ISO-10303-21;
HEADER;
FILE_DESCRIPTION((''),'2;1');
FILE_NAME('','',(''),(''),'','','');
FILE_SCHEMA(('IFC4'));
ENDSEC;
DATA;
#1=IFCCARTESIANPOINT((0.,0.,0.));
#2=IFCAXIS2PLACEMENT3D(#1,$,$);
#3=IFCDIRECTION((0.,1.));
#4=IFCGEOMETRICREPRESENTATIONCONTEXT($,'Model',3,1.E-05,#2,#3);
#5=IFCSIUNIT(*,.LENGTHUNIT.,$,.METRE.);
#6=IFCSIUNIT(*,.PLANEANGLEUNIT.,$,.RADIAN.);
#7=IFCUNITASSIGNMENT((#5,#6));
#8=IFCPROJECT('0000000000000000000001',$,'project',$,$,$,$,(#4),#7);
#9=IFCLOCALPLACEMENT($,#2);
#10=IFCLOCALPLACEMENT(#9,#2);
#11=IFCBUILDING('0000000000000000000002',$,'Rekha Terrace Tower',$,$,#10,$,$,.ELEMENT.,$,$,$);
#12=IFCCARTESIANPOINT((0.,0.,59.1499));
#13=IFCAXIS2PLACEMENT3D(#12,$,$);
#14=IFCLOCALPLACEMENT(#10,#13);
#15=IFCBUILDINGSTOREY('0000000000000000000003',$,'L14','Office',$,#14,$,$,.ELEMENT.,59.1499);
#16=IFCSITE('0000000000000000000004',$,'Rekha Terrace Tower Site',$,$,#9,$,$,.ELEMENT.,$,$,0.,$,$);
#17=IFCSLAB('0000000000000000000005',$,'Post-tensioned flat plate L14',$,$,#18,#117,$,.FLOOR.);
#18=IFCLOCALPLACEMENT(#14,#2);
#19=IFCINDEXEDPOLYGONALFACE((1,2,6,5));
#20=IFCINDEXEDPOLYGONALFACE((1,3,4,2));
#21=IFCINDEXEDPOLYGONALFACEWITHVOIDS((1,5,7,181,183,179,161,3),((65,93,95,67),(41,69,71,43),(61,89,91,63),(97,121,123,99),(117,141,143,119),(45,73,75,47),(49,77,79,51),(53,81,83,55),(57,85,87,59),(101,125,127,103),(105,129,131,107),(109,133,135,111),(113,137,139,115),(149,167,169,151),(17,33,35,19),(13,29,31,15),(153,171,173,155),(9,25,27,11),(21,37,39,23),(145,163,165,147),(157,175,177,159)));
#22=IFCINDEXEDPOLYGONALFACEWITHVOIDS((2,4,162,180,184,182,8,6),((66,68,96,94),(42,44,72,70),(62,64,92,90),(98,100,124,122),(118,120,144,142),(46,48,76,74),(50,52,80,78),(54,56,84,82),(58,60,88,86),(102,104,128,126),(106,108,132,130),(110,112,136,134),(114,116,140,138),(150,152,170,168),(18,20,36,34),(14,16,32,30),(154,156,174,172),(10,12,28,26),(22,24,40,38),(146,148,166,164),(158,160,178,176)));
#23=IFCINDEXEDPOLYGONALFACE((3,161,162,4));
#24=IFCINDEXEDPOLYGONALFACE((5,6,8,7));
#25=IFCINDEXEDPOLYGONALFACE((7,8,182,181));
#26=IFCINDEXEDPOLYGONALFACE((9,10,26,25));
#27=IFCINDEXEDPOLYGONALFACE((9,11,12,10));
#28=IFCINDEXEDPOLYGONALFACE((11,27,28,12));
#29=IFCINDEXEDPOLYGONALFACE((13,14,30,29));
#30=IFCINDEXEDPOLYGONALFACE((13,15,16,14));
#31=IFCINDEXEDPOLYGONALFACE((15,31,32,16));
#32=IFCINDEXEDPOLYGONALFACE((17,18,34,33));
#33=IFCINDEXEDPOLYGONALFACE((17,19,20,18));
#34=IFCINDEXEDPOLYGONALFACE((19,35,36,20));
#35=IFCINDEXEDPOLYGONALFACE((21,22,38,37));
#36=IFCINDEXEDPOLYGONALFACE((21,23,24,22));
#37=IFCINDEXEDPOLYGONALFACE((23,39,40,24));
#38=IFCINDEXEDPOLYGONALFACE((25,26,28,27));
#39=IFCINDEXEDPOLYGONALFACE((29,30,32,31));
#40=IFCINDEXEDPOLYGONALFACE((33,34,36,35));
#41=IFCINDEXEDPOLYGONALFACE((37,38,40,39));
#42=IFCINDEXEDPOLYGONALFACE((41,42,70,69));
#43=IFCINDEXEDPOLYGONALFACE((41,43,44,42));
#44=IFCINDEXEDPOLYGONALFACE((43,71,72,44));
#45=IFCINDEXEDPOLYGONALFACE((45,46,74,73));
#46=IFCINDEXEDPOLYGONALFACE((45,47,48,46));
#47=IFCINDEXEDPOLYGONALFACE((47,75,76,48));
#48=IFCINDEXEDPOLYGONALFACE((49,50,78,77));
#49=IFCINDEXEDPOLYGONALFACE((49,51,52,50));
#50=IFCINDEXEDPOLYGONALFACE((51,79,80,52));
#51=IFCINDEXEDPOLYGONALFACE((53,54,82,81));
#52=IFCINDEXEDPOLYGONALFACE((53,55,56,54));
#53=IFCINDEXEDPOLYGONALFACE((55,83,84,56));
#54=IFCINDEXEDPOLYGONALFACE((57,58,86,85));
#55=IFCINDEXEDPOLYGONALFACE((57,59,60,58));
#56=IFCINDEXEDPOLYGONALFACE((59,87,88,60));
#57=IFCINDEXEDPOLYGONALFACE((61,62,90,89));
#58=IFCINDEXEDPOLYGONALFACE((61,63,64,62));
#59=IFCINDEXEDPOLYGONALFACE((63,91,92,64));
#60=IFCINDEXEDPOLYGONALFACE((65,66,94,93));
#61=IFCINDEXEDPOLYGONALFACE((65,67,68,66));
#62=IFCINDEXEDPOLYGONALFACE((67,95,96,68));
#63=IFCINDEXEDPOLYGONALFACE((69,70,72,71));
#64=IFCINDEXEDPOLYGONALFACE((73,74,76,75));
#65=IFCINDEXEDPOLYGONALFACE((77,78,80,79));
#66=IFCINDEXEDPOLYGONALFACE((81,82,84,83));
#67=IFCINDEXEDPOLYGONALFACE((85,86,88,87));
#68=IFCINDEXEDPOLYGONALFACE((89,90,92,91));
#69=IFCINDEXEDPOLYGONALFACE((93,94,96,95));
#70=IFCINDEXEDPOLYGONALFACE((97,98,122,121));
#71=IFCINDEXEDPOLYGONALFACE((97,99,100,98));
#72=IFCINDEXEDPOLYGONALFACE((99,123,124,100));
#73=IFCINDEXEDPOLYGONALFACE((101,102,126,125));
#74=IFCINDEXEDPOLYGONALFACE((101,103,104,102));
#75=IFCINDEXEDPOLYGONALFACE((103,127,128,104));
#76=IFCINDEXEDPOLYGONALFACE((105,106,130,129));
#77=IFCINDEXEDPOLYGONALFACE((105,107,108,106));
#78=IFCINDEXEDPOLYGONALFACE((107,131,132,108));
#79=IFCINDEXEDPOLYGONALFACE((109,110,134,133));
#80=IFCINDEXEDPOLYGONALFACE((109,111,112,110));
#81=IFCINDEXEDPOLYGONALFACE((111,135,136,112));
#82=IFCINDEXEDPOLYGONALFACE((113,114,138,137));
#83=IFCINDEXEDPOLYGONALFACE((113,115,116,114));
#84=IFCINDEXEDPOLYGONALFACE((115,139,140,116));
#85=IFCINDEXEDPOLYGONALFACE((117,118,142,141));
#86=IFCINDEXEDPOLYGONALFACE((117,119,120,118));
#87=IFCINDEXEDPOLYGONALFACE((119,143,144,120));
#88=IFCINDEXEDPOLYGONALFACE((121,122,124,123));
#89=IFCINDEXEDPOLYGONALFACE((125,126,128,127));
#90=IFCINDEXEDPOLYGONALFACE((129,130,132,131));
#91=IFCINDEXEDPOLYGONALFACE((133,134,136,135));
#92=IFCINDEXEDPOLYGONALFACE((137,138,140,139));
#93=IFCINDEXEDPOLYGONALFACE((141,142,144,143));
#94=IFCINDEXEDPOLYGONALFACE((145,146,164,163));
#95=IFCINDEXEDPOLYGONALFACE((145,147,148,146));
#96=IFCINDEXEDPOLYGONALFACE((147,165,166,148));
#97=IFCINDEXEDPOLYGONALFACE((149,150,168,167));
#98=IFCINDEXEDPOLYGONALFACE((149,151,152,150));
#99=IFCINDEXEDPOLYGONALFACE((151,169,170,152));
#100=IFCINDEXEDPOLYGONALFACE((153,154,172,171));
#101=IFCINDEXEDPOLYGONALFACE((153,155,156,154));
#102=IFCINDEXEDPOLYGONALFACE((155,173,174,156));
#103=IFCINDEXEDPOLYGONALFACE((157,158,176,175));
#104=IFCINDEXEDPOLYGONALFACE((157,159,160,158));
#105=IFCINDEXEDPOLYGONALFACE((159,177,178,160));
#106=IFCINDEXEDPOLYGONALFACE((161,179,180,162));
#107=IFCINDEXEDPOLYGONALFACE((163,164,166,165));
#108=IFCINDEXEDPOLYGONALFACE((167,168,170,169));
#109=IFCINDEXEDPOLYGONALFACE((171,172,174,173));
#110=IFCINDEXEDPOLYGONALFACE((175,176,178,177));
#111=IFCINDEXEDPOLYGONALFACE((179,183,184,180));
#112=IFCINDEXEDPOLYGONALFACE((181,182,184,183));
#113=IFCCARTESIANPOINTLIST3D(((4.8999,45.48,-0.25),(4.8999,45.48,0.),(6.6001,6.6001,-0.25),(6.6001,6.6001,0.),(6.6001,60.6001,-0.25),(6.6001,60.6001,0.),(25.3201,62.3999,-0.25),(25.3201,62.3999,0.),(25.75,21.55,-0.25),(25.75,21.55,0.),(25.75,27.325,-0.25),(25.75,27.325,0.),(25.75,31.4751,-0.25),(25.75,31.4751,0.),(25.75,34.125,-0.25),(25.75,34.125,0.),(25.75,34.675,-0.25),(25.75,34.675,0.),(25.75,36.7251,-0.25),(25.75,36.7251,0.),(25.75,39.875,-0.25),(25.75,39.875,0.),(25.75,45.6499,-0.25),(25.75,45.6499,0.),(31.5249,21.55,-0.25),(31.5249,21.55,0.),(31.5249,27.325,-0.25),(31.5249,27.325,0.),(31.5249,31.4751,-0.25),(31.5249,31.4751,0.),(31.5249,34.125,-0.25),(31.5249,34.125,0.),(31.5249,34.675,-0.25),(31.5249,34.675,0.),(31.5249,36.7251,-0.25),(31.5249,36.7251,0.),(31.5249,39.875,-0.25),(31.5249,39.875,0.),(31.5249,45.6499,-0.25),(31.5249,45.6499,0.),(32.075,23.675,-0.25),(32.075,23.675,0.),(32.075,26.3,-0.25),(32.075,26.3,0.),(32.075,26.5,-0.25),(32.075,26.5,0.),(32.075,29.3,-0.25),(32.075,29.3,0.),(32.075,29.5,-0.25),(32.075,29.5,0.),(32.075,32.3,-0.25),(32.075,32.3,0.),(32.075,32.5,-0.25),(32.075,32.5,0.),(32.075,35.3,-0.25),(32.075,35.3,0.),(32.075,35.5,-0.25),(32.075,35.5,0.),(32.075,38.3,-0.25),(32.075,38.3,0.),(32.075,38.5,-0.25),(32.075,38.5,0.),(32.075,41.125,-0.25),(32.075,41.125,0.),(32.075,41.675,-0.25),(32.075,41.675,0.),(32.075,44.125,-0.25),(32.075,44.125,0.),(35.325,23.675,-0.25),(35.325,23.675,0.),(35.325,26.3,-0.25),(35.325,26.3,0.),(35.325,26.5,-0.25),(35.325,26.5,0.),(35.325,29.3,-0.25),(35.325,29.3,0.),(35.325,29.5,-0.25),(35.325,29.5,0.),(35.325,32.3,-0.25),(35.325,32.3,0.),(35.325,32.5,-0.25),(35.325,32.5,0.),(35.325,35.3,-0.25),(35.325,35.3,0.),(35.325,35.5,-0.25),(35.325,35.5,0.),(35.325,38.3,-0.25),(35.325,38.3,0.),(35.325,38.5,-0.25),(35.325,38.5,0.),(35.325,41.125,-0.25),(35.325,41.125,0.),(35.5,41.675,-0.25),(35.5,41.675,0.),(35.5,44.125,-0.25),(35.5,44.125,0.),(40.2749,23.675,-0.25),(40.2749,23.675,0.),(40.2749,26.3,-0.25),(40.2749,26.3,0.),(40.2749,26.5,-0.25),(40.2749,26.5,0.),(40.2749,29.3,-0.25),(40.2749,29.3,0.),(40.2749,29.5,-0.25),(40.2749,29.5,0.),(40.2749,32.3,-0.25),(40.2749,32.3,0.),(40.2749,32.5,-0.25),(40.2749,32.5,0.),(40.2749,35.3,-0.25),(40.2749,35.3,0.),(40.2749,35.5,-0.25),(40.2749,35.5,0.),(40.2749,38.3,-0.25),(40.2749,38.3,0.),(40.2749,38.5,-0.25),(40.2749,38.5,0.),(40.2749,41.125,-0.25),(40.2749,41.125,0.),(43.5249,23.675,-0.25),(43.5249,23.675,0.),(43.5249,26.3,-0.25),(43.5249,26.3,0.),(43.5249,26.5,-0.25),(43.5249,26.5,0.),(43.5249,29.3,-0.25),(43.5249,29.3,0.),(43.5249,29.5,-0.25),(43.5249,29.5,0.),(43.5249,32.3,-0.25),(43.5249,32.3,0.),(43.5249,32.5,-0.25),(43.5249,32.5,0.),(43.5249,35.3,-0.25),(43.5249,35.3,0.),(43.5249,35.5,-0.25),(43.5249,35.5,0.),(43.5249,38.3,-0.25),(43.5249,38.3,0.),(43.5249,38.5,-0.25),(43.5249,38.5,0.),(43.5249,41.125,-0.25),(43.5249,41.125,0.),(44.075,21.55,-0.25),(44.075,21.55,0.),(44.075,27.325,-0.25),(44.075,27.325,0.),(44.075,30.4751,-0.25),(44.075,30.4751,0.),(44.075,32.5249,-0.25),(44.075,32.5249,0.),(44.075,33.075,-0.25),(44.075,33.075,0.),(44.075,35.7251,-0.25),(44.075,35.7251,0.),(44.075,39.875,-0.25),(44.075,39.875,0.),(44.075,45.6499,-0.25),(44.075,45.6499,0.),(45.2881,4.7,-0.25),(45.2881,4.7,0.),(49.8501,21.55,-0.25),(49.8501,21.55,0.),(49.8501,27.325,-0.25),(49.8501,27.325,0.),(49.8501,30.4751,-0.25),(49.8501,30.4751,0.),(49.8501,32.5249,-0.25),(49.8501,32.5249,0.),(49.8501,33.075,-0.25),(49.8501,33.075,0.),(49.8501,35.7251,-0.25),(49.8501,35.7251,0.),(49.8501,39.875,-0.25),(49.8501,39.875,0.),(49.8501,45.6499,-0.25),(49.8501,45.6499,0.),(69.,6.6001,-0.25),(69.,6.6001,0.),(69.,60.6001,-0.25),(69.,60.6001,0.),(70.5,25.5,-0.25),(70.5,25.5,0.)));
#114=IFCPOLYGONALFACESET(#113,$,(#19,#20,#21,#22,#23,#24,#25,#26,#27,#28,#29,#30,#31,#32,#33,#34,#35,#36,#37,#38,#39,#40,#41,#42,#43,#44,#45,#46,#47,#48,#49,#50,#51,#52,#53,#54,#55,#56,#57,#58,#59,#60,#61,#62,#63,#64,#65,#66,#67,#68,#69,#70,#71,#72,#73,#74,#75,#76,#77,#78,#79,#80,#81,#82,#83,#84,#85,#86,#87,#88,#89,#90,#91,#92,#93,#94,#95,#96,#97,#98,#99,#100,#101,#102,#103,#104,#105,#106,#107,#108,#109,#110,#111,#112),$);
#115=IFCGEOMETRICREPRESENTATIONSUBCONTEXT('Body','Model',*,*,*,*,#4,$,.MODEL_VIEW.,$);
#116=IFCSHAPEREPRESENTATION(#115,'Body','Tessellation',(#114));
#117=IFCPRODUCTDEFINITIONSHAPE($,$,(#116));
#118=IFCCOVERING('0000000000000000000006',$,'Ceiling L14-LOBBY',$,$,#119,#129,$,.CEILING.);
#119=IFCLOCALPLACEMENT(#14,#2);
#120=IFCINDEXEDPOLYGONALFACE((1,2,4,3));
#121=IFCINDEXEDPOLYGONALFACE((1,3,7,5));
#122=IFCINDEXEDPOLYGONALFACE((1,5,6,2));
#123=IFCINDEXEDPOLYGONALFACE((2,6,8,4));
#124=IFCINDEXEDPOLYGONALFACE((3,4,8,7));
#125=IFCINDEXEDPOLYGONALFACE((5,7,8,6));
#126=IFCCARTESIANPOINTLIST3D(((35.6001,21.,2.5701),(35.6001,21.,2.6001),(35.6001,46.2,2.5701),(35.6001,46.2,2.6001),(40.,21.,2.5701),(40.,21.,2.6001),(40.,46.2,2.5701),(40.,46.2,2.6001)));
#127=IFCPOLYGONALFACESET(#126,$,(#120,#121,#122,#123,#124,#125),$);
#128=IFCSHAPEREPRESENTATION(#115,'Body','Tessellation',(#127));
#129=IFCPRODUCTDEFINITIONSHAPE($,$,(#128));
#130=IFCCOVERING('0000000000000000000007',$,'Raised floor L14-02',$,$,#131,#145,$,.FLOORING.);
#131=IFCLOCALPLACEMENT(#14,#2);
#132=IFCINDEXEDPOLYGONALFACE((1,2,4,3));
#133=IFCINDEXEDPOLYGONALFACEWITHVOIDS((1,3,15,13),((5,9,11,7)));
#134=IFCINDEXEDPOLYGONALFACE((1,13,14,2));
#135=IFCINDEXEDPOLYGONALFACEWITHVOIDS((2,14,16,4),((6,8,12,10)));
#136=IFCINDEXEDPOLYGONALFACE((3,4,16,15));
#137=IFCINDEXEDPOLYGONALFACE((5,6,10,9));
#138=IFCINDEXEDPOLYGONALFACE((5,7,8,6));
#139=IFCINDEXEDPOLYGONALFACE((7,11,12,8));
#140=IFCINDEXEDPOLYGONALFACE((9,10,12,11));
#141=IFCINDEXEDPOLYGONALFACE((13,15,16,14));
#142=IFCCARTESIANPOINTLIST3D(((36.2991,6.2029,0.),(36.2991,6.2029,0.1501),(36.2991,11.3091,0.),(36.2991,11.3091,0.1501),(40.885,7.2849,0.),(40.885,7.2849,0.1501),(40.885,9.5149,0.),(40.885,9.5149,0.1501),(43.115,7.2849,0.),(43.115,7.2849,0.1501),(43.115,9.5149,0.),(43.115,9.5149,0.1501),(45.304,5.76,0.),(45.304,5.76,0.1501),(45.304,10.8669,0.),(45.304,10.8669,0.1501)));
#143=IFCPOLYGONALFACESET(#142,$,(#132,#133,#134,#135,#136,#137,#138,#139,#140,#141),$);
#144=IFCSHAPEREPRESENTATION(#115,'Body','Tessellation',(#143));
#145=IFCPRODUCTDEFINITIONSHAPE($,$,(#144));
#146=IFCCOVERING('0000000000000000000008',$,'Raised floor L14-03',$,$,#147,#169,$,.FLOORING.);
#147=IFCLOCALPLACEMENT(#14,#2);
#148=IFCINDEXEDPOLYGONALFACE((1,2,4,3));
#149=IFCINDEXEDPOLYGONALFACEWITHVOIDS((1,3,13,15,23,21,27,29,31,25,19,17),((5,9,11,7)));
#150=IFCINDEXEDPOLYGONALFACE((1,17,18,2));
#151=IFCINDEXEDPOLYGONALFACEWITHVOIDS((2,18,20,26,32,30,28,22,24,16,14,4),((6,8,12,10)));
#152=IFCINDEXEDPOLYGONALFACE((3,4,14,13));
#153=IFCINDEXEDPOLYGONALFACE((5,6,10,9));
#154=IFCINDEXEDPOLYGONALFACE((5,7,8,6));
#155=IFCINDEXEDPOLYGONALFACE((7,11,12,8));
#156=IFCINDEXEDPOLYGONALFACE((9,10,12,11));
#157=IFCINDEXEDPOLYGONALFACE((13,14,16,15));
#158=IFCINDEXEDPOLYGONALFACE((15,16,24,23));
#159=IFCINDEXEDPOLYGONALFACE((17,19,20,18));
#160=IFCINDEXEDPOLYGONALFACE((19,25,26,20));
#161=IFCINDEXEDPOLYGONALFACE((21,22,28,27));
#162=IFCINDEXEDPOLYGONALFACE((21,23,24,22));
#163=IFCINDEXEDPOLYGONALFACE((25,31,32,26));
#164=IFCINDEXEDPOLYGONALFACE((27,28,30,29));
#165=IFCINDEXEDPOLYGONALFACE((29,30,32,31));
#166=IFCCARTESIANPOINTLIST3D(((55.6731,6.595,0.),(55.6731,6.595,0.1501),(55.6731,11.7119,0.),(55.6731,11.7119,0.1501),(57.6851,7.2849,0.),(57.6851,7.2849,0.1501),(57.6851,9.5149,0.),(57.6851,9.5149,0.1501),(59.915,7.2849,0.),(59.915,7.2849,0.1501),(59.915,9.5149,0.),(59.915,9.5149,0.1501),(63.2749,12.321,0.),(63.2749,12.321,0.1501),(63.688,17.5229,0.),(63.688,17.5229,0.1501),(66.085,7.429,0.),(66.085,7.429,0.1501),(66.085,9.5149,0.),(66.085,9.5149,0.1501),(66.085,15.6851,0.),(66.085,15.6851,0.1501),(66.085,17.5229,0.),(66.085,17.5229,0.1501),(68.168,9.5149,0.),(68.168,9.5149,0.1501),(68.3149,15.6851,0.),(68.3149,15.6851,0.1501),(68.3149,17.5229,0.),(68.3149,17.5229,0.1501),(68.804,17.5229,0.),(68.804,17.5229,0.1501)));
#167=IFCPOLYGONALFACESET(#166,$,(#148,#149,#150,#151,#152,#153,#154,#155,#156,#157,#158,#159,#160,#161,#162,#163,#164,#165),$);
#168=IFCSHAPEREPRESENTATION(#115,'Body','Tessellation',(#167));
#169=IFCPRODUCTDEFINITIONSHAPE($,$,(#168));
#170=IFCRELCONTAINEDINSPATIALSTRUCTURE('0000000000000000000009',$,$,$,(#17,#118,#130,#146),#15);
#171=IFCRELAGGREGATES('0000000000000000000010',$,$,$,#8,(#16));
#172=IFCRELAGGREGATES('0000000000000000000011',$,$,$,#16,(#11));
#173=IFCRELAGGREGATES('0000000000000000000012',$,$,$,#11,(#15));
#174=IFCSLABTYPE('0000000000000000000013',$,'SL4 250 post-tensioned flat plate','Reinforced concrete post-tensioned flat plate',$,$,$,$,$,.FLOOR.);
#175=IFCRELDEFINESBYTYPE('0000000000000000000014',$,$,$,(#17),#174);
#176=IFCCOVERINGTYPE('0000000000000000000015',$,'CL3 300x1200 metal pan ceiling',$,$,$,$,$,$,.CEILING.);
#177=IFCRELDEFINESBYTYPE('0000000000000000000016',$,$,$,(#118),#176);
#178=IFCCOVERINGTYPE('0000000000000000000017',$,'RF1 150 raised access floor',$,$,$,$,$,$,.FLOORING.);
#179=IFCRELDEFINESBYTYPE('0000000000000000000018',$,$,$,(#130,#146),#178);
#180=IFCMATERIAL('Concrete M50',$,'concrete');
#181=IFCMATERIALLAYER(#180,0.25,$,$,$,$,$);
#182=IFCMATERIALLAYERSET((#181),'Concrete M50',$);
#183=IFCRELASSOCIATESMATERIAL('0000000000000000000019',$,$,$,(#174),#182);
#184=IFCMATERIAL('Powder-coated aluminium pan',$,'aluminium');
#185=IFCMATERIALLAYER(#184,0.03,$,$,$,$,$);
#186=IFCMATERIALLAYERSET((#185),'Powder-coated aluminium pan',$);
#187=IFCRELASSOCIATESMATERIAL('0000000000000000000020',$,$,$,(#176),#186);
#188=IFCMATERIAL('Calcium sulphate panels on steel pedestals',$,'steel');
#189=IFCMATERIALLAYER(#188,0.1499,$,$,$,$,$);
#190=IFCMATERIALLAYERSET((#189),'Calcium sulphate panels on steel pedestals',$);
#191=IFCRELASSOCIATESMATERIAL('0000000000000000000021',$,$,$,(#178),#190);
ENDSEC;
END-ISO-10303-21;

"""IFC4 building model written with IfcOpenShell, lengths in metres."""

from ifc_helpers import new_model, si_unit, direction, frame, origin, place, context, subcontext, project, spatial, polyline, outline, extrude, material, layer, layer_set, type_object, element, save


model = new_model("IFC4")

# Units and contexts
model_context = context("Model", 3, precision=1e-05, world=origin(), true_north=direction((0.0, 1.0)))
body_context = subcontext(model_context, "Body", "Model", "MODEL_VIEW")
ifc_project = project(units=[si_unit("LENGTHUNIT", "METRE"), si_unit("PLANEANGLEUNIT", "RADIAN")], contexts=[model_context])

# Site, building, storey
site_placement = place(None, origin())
site = spatial("IfcSite", under=ifc_project, at=site_placement, Name="Rekha Terrace Tower Site", CompositionType="ELEMENT", RefElevation=0.0)
building_placement = place(site_placement, origin())
building = spatial("IfcBuilding", under=site, at=building_placement, Name="Rekha Terrace Tower", CompositionType="ELEMENT")
storey_placement = place(building_placement, frame((0.0, 0.0, 59.1499)))
storey = spatial("IfcBuildingStorey", under=building, at=storey_placement, Name="L14", Description="Office", CompositionType="ELEMENT", Elevation=59.1499)

# Slab
ifc_material_1 = material(Name="Concrete M50", Category="concrete")
ifc_layer_1 = layer(ifc_material_1, 0.25)
ifc_layer_set_1 = layer_set([ifc_layer_1], Name="Concrete M50")
slab_type_1 = type_object("IfcSlabType", Name="SL4 250 post-tensioned flat plate", Description="Reinforced concrete post-tensioned flat plate", PredefinedType="FLOOR", material=ifc_layer_set_1)
slab_1_placement = place(storey_placement, frame((0.0, 0.0, -0.25)))
element("IfcSlab", 1, at=slab_1_placement, inside=storey, type_object=slab_type_1, Name="Post-tensioned flat plate L14", PredefinedType="FLOOR", context=body_context, shape_type="SweptSolid", body=[
    extrude(outline(polyline([(4.8999, 45.48), (6.6001, 6.6001), (45.2881, 4.7), (69.0, 6.6001), (70.5, 25.5), (69.0, 60.6001), (25.3201, 62.3999), (6.6001, 60.6001), (4.8999, 45.48)]), holes=[polyline([(31.5249, 27.325), (31.5249, 21.55), (25.75, 21.55), (25.75, 27.325), (31.5249, 27.325)]), polyline([(35.325, 26.3), (35.325, 23.675), (32.075, 23.675), (32.075, 26.3), (35.325, 26.3)]), polyline([(35.325, 29.3), (35.325, 26.5), (32.075, 26.5), (32.075, 29.3), (35.325, 29.3)]), polyline([(35.325, 29.5), (32.075, 29.5), (32.075, 32.3), (35.325, 32.3), (35.325, 29.5)]), polyline([(31.5249, 31.4751), (25.75, 31.4751), (25.75, 34.125), (31.5249, 34.125), (31.5249, 31.4751)]), polyline([(35.325, 35.3), (35.325, 32.5), (32.075, 32.5), (32.075, 35.3), (35.325, 35.3)]), polyline([(31.5249, 36.7251), (31.5249, 34.675), (25.75, 34.675), (25.75, 36.7251), (31.5249, 36.7251)]), polyline([(35.325, 38.3), (35.325, 35.5), (32.075, 35.5), (32.075, 38.3), (35.325, 38.3)]), polyline([(35.325, 38.5), (32.075, 38.5), (32.075, 41.125), (35.325, 41.125), (35.325, 38.5)]), polyline([(31.5249, 39.875), (25.75, 39.875), (25.75, 45.6499), (31.5249, 45.6499), (31.5249, 39.875)]), polyline([(35.5, 44.125), (35.5, 41.675), (32.075, 41.675), (32.075, 44.125), (35.5, 44.125)]), polyline([(49.8501, 27.325), (49.8501, 21.55), (44.075, 21.55), (44.075, 27.325), (49.8501, 27.325)]), polyline([(43.5249, 26.3), (43.5249, 23.675), (40.2749, 23.675), (40.2749, 26.3), (43.5249, 26.3)]), polyline([(43.5249, 26.5), (40.2749, 26.5), (40.2749, 29.3), (43.5249, 29.3), (43.5249, 26.5)]), polyline([(43.5249, 29.5), (40.2749, 29.5), (40.2749, 32.3), (43.5249, 32.3), (43.5249, 29.5)]), polyline([(49.8501, 32.5249), (49.8501, 30.4751), (44.075, 30.4751), (44.075, 32.5249), (49.8501, 32.5249)]), polyline([(43.5249, 32.5), (40.2749, 32.5), (40.2749, 35.3), (43.5249, 35.3), (43.5249, 32.5)]), polyline([(49.8501, 33.075), (44.075, 33.075), (44.075, 35.7251), (49.8501, 35.7251), (49.8501, 33.075)]), polyline([(43.5249, 38.3), (43.5249, 35.5), (40.2749, 35.5), (40.2749, 38.3), (43.5249, 38.3)]), polyline([(43.5249, 38.5), (40.2749, 38.5), (40.2749, 41.125), (43.5249, 41.125), (43.5249, 38.5)]), polyline([(49.8501, 39.875), (44.075, 39.875), (44.075, 45.6499), (49.8501, 45.6499), (49.8501, 39.875)])]), origin(), (0.0, 0.0, 1.0), 0.25),
])

# Coverings
ifc_material_2 = material(Name="Powder-coated aluminium pan", Category="aluminium")
ifc_layer_2 = layer(ifc_material_2, 0.03)
ifc_layer_set_2 = layer_set([ifc_layer_2], Name="Powder-coated aluminium pan")
covering_type_1 = type_object("IfcCoveringType", Name="CL3 300x1200 metal pan ceiling", PredefinedType="CEILING", material=ifc_layer_set_2)
covering_1_placement = place(storey_placement, frame((0.0, 0.0, 2.5701)))
element("IfcCovering", 2, at=covering_1_placement, inside=storey, type_object=covering_type_1, Name="Ceiling L14-LOBBY", PredefinedType="CEILING", context=body_context, shape_type="SweptSolid", body=[
    extrude(outline(polyline([(40.0, 46.2), (35.6001, 46.2), (35.6001, 21.0), (40.0, 21.0), (40.0, 46.2)])), origin(), (0.0, 0.0, 1.0), 0.03),
])
ifc_material_3 = material(Name="Calcium sulphate panels on steel pedestals", Category="steel")
ifc_layer_3 = layer(ifc_material_3, 0.1499)
ifc_layer_set_3 = layer_set([ifc_layer_3], Name="Calcium sulphate panels on steel pedestals")
covering_type_2 = type_object("IfcCoveringType", Name="RF1 150 raised access floor", PredefinedType="FLOORING", material=ifc_layer_set_3)
covering_2_placement = place(storey_placement, origin())
element("IfcCovering", 3, at=covering_2_placement, inside=storey, type_object=covering_type_2, Name="Raised floor L14-02", PredefinedType="FLOORING", context=body_context, shape_type="SweptSolid", body=[
    extrude(outline(polyline([(36.2991, 6.2029), (45.304, 5.76), (45.304, 10.8669), (36.2991, 11.3091), (36.2991, 6.2029)]), holes=[polyline([(43.115, 7.2849), (40.885, 7.2849), (40.885, 9.5149), (43.115, 9.5149), (43.115, 7.2849)])]), origin(), (0.0, 0.0, 1.0), 0.1501),
])
covering_3_placement = place(storey_placement, origin())
element("IfcCovering", 4, at=covering_3_placement, inside=storey, type_object=covering_type_2, Name="Raised floor L14-03", PredefinedType="FLOORING", context=body_context, shape_type="SweptSolid", body=[
    extrude(outline(polyline([(66.085, 15.6851), (66.085, 17.5229), (63.688, 17.5229), (63.2749, 12.321), (55.6731, 11.7119), (55.6731, 6.595), (66.085, 7.429), (66.085, 9.5149), (68.168, 9.5149), (68.804, 17.5229), (68.3149, 17.5229), (68.3149, 15.6851), (66.085, 15.6851)]), holes=[polyline([(59.915, 7.2849), (57.6851, 7.2849), (57.6851, 9.5149), (59.915, 9.5149), (59.915, 7.2849)])]), origin(), (0.0, 0.0, 1.0), 0.1501),
])

save(model, "model.ifc")
